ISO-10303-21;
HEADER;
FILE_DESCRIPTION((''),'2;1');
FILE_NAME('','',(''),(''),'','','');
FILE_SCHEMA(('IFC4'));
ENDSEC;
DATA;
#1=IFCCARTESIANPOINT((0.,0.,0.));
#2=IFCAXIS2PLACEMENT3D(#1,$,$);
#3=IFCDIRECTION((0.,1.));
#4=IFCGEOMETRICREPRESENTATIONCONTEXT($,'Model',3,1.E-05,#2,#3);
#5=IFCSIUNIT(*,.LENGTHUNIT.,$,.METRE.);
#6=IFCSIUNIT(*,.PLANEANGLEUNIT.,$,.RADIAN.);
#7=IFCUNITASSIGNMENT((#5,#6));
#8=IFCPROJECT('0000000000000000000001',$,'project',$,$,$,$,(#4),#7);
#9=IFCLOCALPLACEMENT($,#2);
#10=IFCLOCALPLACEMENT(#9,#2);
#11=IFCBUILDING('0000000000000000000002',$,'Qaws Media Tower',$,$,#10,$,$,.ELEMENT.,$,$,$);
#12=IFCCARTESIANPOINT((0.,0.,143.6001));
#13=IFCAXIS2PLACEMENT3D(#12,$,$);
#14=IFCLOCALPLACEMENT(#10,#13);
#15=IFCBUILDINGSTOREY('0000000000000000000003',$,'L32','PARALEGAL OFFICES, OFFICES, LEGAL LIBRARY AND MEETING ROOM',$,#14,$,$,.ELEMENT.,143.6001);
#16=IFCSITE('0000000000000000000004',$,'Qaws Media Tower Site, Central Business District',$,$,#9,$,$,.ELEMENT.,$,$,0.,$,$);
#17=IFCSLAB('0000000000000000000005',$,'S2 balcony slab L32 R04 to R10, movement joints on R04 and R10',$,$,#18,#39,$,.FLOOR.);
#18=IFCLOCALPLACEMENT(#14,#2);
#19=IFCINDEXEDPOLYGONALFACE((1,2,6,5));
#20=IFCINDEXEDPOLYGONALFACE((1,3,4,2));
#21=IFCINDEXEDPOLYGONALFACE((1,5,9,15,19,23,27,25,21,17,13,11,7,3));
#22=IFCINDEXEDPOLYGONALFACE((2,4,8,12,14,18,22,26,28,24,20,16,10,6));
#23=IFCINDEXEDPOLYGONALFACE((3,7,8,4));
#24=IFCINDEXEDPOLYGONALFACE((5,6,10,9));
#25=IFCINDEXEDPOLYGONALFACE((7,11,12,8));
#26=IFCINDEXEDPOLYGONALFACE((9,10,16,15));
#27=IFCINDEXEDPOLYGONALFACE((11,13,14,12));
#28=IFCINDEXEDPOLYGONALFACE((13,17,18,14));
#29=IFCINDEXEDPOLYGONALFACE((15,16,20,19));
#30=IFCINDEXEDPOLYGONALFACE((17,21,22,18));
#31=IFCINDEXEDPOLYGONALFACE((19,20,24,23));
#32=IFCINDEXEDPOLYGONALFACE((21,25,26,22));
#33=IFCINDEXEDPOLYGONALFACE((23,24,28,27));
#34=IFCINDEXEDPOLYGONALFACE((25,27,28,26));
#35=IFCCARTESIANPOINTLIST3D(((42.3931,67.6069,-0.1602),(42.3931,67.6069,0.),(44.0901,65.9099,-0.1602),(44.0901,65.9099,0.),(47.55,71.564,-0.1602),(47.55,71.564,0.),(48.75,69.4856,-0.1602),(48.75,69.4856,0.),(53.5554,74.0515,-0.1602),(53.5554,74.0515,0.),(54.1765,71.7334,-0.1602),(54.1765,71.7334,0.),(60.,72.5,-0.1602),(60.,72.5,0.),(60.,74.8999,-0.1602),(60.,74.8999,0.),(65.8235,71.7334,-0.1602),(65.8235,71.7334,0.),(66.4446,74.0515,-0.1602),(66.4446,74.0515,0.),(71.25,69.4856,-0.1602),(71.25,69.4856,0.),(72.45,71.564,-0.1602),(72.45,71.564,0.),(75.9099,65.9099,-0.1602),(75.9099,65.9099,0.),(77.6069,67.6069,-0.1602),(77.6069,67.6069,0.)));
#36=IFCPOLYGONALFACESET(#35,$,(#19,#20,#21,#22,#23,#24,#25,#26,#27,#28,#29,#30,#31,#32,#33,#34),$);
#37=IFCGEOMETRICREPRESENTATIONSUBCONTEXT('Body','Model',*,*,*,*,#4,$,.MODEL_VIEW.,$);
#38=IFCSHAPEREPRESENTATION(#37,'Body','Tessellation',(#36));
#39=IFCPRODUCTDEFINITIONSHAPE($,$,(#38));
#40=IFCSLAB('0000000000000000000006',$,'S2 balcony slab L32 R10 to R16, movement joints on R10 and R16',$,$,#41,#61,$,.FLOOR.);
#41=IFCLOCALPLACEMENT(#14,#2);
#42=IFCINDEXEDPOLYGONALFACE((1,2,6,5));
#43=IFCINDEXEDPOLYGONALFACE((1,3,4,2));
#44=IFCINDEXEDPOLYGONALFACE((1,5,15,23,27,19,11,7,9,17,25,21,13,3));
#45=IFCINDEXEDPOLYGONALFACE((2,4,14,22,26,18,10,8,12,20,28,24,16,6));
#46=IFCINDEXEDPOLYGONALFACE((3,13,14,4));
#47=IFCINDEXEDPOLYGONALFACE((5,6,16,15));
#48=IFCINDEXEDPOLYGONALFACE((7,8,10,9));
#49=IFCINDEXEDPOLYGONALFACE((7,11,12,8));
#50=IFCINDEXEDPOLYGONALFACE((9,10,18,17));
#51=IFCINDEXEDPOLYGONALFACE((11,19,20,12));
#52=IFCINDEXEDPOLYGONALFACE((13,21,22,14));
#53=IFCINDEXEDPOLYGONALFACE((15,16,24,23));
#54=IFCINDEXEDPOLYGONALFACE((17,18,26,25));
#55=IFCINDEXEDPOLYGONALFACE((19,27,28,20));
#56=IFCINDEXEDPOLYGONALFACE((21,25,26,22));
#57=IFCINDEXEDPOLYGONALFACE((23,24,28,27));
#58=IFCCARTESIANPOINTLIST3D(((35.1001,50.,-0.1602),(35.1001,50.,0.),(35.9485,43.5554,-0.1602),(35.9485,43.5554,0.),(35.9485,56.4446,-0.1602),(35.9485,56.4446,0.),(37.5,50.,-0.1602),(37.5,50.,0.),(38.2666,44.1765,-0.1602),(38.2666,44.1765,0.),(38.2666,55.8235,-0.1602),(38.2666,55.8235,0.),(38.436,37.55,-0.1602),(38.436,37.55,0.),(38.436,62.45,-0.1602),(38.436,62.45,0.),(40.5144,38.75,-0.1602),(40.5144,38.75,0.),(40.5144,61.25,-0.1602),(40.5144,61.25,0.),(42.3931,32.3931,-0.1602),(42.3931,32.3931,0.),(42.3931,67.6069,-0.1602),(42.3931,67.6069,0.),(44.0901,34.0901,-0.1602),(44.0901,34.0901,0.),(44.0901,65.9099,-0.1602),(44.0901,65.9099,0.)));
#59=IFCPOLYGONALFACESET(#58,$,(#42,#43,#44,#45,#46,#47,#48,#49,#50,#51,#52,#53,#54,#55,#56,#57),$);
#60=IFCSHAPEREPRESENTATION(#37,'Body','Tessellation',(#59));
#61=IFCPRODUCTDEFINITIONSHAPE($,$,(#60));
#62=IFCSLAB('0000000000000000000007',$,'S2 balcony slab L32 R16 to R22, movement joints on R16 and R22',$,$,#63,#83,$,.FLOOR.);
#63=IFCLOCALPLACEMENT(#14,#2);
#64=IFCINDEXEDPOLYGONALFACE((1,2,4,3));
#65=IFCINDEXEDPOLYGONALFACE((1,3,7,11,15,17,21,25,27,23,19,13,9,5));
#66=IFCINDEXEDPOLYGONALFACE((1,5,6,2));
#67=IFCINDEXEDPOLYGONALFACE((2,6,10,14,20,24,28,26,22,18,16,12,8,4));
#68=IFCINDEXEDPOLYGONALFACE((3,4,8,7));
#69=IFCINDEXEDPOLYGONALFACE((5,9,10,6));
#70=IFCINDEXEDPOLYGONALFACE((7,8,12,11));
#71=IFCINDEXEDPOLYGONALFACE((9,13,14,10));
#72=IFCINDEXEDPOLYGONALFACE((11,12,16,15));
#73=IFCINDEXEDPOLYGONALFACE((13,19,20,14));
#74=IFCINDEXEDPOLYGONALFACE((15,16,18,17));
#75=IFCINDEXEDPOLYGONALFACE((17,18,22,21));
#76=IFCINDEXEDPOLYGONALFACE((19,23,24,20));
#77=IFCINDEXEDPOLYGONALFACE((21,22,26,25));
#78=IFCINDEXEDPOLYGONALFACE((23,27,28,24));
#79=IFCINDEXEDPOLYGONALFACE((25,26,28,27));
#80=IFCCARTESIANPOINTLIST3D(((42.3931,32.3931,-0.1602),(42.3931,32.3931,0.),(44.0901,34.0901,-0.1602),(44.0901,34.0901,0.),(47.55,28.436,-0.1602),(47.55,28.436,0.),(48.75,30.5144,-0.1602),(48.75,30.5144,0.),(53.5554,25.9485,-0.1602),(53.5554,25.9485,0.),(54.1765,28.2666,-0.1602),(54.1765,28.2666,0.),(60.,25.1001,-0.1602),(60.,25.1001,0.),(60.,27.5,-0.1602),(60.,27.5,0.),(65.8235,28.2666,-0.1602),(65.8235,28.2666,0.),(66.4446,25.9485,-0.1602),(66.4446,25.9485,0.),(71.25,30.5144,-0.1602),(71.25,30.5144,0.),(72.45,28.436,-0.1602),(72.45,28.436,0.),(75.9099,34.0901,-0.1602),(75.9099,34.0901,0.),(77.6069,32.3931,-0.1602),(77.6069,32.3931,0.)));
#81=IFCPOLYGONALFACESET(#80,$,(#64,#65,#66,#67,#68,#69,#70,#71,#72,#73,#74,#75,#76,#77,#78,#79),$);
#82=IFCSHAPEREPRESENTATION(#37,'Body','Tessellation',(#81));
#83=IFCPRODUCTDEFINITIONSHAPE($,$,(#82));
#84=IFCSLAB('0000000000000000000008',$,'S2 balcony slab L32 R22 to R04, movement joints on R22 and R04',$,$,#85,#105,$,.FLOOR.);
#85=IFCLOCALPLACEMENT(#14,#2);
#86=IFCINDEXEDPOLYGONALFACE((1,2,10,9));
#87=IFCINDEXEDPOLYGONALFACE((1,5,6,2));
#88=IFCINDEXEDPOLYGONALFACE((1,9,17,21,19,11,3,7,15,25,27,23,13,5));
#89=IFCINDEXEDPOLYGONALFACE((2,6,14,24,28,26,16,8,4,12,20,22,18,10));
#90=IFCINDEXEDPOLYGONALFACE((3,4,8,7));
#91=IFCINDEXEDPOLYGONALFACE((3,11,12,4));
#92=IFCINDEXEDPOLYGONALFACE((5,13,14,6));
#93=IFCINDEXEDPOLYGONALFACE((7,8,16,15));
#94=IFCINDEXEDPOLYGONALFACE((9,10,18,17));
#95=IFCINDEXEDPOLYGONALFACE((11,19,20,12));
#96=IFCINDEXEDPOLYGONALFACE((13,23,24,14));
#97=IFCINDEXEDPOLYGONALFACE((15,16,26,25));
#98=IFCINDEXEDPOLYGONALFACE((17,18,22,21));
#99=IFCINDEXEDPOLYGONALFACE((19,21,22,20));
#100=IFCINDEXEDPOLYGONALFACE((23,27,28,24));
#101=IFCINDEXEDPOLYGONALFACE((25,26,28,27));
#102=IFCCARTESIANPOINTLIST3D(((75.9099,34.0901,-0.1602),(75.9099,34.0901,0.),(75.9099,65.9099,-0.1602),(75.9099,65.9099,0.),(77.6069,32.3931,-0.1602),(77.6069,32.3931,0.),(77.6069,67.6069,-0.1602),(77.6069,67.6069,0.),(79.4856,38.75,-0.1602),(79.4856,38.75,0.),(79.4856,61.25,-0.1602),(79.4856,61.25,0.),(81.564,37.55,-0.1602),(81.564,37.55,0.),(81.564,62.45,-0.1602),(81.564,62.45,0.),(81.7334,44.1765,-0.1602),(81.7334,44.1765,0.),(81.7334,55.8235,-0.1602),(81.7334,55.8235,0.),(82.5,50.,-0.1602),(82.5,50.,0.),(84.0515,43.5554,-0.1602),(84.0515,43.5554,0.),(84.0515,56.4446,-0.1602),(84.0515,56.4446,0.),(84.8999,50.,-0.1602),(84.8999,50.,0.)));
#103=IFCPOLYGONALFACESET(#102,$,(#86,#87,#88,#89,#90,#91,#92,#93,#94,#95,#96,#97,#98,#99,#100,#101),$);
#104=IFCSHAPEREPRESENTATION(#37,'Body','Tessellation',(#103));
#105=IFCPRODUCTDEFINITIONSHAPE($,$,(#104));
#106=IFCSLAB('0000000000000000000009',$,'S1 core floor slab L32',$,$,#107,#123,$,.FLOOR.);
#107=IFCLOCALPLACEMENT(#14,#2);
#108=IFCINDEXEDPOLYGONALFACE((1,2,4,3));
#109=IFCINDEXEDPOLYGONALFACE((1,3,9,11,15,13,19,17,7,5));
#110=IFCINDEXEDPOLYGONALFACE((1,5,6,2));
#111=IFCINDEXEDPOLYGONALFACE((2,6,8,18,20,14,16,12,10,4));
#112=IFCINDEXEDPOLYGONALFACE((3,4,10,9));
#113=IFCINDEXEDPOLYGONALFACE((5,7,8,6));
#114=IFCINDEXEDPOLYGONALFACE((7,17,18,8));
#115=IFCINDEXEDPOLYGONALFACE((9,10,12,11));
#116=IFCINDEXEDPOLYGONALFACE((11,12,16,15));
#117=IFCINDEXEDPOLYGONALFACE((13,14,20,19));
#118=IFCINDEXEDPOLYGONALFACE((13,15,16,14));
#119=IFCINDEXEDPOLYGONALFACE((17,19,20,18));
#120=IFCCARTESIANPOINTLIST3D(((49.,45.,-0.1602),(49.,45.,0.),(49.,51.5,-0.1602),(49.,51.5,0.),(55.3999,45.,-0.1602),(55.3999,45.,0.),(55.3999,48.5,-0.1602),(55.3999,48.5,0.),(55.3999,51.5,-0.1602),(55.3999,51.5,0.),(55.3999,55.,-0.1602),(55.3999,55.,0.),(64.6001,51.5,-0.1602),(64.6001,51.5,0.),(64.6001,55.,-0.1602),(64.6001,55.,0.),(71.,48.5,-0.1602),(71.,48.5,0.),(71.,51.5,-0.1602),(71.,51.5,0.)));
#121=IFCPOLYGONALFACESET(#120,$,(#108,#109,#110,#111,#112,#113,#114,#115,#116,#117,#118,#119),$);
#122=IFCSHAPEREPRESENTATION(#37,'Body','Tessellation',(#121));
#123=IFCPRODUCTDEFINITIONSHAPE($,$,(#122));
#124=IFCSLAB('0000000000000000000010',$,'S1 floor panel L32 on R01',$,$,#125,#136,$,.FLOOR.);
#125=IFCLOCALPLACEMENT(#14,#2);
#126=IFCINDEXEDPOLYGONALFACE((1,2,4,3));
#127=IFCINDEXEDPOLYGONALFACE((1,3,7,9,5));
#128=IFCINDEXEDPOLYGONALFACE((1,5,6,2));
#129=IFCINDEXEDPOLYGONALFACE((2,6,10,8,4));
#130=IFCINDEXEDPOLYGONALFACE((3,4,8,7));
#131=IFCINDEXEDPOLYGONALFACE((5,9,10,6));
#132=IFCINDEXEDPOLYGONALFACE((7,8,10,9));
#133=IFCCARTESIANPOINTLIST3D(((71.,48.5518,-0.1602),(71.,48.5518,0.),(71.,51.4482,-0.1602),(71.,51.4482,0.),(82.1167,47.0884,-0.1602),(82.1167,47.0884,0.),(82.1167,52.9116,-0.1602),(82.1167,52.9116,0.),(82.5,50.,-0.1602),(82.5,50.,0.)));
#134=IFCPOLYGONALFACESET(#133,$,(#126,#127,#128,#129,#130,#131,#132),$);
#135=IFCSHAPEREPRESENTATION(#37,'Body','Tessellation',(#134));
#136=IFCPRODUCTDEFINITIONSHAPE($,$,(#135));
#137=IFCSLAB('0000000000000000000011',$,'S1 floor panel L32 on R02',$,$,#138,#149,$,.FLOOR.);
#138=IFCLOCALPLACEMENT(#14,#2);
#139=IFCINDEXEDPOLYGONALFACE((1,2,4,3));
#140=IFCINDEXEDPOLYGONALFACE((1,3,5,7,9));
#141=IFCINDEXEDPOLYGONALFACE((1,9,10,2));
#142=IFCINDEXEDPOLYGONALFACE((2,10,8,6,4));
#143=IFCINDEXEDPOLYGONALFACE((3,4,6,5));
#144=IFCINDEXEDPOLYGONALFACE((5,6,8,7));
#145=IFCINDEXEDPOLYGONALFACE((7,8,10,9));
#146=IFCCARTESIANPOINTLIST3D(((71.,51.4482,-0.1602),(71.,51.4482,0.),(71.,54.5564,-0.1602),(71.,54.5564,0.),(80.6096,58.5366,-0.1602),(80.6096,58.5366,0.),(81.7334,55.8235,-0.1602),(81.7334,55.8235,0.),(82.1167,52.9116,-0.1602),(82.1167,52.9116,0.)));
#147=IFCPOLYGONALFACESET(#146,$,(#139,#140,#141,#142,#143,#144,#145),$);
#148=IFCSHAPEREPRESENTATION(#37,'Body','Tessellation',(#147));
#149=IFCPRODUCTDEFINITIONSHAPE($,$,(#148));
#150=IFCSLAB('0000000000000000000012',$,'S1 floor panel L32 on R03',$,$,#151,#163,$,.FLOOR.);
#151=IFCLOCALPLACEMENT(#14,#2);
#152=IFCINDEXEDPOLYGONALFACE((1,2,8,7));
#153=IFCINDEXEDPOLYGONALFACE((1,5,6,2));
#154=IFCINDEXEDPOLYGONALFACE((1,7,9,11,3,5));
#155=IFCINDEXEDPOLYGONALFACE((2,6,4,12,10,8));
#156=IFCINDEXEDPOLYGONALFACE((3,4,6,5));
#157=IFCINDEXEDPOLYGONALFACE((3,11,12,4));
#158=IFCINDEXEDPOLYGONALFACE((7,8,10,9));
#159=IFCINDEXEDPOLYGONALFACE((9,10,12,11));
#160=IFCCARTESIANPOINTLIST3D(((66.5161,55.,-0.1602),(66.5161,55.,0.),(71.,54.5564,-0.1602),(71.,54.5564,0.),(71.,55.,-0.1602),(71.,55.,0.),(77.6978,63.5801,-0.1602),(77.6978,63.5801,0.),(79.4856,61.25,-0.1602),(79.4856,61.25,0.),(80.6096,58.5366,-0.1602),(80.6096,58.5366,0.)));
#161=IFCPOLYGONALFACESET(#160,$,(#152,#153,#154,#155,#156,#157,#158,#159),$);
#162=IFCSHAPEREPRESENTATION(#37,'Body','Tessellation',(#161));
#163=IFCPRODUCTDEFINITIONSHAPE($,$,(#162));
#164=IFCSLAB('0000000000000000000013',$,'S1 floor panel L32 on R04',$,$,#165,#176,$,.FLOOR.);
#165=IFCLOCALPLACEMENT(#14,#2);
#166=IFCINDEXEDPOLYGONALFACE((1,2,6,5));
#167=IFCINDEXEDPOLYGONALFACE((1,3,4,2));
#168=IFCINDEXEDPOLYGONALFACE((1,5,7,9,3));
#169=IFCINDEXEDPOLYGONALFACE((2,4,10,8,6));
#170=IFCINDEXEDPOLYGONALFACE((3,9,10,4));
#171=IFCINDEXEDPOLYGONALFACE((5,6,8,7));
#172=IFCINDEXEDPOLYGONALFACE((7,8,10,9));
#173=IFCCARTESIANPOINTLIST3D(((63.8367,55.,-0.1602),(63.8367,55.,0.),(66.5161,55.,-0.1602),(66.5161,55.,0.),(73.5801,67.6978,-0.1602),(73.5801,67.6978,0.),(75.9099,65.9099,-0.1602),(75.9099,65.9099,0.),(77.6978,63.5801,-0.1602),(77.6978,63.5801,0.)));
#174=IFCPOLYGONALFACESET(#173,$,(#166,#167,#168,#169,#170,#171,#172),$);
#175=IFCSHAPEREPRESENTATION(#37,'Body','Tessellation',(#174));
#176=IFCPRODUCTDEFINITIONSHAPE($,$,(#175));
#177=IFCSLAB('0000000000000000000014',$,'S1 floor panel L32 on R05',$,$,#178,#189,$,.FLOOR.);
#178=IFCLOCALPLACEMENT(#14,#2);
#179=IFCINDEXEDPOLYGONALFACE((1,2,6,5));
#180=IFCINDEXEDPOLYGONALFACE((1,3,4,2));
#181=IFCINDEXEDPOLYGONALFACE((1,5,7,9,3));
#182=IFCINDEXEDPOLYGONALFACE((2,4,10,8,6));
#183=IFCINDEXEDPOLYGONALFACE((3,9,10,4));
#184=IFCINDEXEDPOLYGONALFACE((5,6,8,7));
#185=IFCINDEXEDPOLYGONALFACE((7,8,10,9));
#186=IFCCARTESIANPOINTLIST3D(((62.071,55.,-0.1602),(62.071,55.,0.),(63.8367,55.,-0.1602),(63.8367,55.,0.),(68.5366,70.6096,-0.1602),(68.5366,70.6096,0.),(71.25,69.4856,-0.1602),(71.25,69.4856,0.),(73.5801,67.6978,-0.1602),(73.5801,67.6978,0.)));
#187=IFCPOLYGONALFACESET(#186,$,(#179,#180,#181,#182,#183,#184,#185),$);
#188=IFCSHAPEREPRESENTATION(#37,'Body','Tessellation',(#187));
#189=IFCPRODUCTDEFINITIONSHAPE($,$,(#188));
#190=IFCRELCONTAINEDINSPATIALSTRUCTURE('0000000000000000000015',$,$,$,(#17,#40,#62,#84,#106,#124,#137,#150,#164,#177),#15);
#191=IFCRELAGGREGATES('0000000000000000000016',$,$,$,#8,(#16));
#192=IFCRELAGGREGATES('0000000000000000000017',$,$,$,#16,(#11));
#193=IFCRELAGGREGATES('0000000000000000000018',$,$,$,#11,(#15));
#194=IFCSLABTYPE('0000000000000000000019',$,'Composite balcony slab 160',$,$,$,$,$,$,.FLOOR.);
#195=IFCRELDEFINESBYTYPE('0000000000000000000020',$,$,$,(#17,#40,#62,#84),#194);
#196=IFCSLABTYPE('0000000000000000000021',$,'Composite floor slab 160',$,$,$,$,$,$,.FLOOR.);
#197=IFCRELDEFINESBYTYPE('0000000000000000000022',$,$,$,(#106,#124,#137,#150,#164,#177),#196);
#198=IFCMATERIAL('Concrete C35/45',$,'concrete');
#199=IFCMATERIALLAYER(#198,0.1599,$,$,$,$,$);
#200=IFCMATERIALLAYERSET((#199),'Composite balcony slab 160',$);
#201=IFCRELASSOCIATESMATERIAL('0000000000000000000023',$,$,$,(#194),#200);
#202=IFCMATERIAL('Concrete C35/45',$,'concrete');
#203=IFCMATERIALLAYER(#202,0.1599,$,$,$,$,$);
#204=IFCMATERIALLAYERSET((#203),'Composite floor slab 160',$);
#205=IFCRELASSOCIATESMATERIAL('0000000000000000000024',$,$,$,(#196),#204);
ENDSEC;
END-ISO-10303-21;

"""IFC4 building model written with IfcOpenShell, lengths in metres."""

from ifc_helpers import new_model, si_unit, direction, frame, origin, place, context, subcontext, project, spatial, polyline, outline, extrude, material, layer, layer_set, type_object, element, save


model = new_model("IFC4")

# Units and contexts
model_context = context("Model", 3, precision=1e-05, world=origin(), true_north=direction((0.0, 1.0)))
body_context = subcontext(model_context, "Body", "Model", "MODEL_VIEW")
ifc_project = project(units=[si_unit("LENGTHUNIT", "METRE"), si_unit("PLANEANGLEUNIT", "RADIAN")], contexts=[model_context])

# Site, building, storey
site_placement = place(None, origin())
site = spatial("IfcSite", under=ifc_project, at=site_placement, Name="Qaws Media Tower Site, Central Business District", CompositionType="ELEMENT", RefElevation=0.0)
building_placement = place(site_placement, origin())
building = spatial("IfcBuilding", under=site, at=building_placement, Name="Qaws Media Tower", CompositionType="ELEMENT")
storey_placement = place(building_placement, frame((0.0, 0.0, 143.6001)))
storey = spatial("IfcBuildingStorey", under=building, at=storey_placement, Name="L32", Description="PARALEGAL OFFICES, OFFICES, LEGAL LIBRARY AND MEETING ROOM", CompositionType="ELEMENT", Elevation=143.6001)

# Slabs
ifc_material_1 = material(Name="Concrete C35/45", Category="concrete")
ifc_layer_1 = layer(ifc_material_1, 0.1599)
ifc_layer_set_1 = layer_set([ifc_layer_1], Name="Composite balcony slab 160")
slab_type_1 = type_object("IfcSlabType", Name="Composite balcony slab 160", PredefinedType="FLOOR", material=ifc_layer_set_1)
slab_1_placement = place(storey_placement, frame((0.0, 0.0, -0.1602)))
element("IfcSlab", 1, at=slab_1_placement, inside=storey, type_object=slab_type_1, Name="S2 balcony slab L32 R04 to R10, movement joints on R04 and R10", PredefinedType="FLOOR", context=body_context, shape_type="SweptSolid", body=[
    extrude(outline(polyline([(47.55, 71.564), (53.5554, 74.0515), (60.0, 74.8999), (66.4446, 74.0515), (72.45, 71.564), (77.6069, 67.6069), (75.9099, 65.9099), (71.25, 69.4856), (65.8235, 71.7334), (60.0, 72.5), (54.1765, 71.7334), (48.75, 69.4856), (44.0901, 65.9099), (42.3931, 67.6069), (47.55, 71.564)])), origin(), (0.0, 0.0, 1.0), 0.1602),
])
slab_2_placement = place(storey_placement, frame((0.0, 0.0, -0.1602)))
element("IfcSlab", 2, at=slab_2_placement, inside=storey, type_object=slab_type_1, Name="S2 balcony slab L32 R10 to R16, movement joints on R10 and R16", PredefinedType="FLOOR", context=body_context, shape_type="SweptSolid", body=[
    extrude(outline(polyline([(38.436, 37.55), (35.9485, 43.5554), (35.1001, 50.0), (35.9485, 56.4446), (38.436, 62.45), (42.3931, 67.6069), (44.0901, 65.9099), (40.5144, 61.25), (38.2666, 55.8235), (37.5, 50.0), (38.2666, 44.1765), (40.5144, 38.75), (44.0901, 34.0901), (42.3931, 32.3931), (38.436, 37.55)])), origin(), (0.0, 0.0, 1.0), 0.1602),
])
slab_3_placement = place(storey_placement, frame((0.0, 0.0, -0.1602)))
element("IfcSlab", 3, at=slab_3_placement, inside=storey, type_object=slab_type_1, Name="S2 balcony slab L32 R16 to R22, movement joints on R16 and R22", PredefinedType="FLOOR", context=body_context, shape_type="SweptSolid", body=[
    extrude(outline(polyline([(72.45, 28.436), (66.4446, 25.9485), (60.0, 25.1001), (53.5554, 25.9485), (47.55, 28.436), (42.3931, 32.3931), (44.0901, 34.0901), (48.75, 30.5144), (54.1765, 28.2666), (60.0, 27.5), (65.8235, 28.2666), (71.25, 30.5144), (75.9099, 34.0901), (77.6069, 32.3931), (72.45, 28.436)])), origin(), (0.0, 0.0, 1.0), 0.1602),
])
slab_4_placement = place(storey_placement, frame((0.0, 0.0, -0.1602)))
element("IfcSlab", 4, at=slab_4_placement, inside=storey, type_object=slab_type_1, Name="S2 balcony slab L32 R22 to R04, movement joints on R22 and R04", PredefinedType="FLOOR", context=body_context, shape_type="SweptSolid", body=[
    extrude(outline(polyline([(81.564, 37.55), (77.6069, 32.3931), (75.9099, 34.0901), (79.4856, 38.75), (81.7334, 44.1765), (82.5, 50.0), (81.7334, 55.8235), (79.4856, 61.25), (75.9099, 65.9099), (77.6069, 67.6069), (81.564, 62.45), (84.0515, 56.4446), (84.8999, 50.0), (84.0515, 43.5554), (81.564, 37.55)])), origin(), (0.0, 0.0, 1.0), 0.1602),
])
ifc_material_2 = material(Name="Concrete C35/45", Category="concrete")
ifc_layer_2 = layer(ifc_material_2, 0.1599)
ifc_layer_set_2 = layer_set([ifc_layer_2], Name="Composite floor slab 160")
slab_type_2 = type_object("IfcSlabType", Name="Composite floor slab 160", PredefinedType="FLOOR", material=ifc_layer_set_2)
slab_5_placement = place(storey_placement, frame((0.0, 0.0, -0.1602)))
element("IfcSlab", 5, at=slab_5_placement, inside=storey, type_object=slab_type_2, Name="S1 core floor slab L32", PredefinedType="FLOOR", context=body_context, shape_type="SweptSolid", body=[
    extrude(outline(polyline([(71.0, 51.5), (71.0, 48.5), (55.3999, 48.5), (55.3999, 45.0), (49.0, 45.0), (49.0, 51.5), (55.3999, 51.5), (55.3999, 55.0), (64.6001, 55.0), (64.6001, 51.5), (71.0, 51.5)])), origin(), (0.0, 0.0, 1.0), 0.1602),
])
slab_6_placement = place(storey_placement, frame((0.0, 0.0, -0.1602)))
element("IfcSlab", 6, at=slab_6_placement, inside=storey, type_object=slab_type_2, Name="S1 floor panel L32 on R01", PredefinedType="FLOOR", context=body_context, shape_type="SweptSolid", body=[
    extrude(outline(polyline([(82.5, 50.0), (82.1167, 47.0884), (71.0, 48.5518), (71.0, 51.4482), (82.1167, 52.9116), (82.5, 50.0)])), origin(), (0.0, 0.0, 1.0), 0.1602),
])
slab_7_placement = place(storey_placement, frame((0.0, 0.0, -0.1602)))
element("IfcSlab", 7, at=slab_7_placement, inside=storey, type_object=slab_type_2, Name="S1 floor panel L32 on R02", PredefinedType="FLOOR", context=body_context, shape_type="SweptSolid", body=[
    extrude(outline(polyline([(81.7334, 55.8235), (82.1167, 52.9116), (71.0, 51.4482), (71.0, 54.5564), (80.6096, 58.5366), (81.7334, 55.8235)])), origin(), (0.0, 0.0, 1.0), 0.1602),
])
slab_8_placement = place(storey_placement, frame((0.0, 0.0, -0.1602)))
element("IfcSlab", 8, at=slab_8_placement, inside=storey, type_object=slab_type_2, Name="S1 floor panel L32 on R03", PredefinedType="FLOOR", context=body_context, shape_type="SweptSolid", body=[
    extrude(outline(polyline([(79.4856, 61.25), (80.6096, 58.5366), (71.0, 54.5564), (71.0, 55.0), (66.5161, 55.0), (77.6978, 63.5801), (79.4856, 61.25)])), origin(), (0.0, 0.0, 1.0), 0.1602),
])
slab_9_placement = place(storey_placement, frame((0.0, 0.0, -0.1602)))
element("IfcSlab", 9, at=slab_9_placement, inside=storey, type_object=slab_type_2, Name="S1 floor panel L32 on R04", PredefinedType="FLOOR", context=body_context, shape_type="SweptSolid", body=[
    extrude(outline(polyline([(75.9099, 65.9099), (77.6978, 63.5801), (66.5161, 55.0), (63.8367, 55.0), (73.5801, 67.6978), (75.9099, 65.9099)])), origin(), (0.0, 0.0, 1.0), 0.1602),
])
slab_10_placement = place(storey_placement, frame((0.0, 0.0, -0.1602)))
element("IfcSlab", 10, at=slab_10_placement, inside=storey, type_object=slab_type_2, Name="S1 floor panel L32 on R05", PredefinedType="FLOOR", context=body_context, shape_type="SweptSolid", body=[
    extrude(outline(polyline([(71.25, 69.4856), (73.5801, 67.6978), (63.8367, 55.0), (62.071, 55.0), (68.5366, 70.6096), (71.25, 69.4856)])), origin(), (0.0, 0.0, 1.0), 0.1602),
])

save(model, "model.ifc")
